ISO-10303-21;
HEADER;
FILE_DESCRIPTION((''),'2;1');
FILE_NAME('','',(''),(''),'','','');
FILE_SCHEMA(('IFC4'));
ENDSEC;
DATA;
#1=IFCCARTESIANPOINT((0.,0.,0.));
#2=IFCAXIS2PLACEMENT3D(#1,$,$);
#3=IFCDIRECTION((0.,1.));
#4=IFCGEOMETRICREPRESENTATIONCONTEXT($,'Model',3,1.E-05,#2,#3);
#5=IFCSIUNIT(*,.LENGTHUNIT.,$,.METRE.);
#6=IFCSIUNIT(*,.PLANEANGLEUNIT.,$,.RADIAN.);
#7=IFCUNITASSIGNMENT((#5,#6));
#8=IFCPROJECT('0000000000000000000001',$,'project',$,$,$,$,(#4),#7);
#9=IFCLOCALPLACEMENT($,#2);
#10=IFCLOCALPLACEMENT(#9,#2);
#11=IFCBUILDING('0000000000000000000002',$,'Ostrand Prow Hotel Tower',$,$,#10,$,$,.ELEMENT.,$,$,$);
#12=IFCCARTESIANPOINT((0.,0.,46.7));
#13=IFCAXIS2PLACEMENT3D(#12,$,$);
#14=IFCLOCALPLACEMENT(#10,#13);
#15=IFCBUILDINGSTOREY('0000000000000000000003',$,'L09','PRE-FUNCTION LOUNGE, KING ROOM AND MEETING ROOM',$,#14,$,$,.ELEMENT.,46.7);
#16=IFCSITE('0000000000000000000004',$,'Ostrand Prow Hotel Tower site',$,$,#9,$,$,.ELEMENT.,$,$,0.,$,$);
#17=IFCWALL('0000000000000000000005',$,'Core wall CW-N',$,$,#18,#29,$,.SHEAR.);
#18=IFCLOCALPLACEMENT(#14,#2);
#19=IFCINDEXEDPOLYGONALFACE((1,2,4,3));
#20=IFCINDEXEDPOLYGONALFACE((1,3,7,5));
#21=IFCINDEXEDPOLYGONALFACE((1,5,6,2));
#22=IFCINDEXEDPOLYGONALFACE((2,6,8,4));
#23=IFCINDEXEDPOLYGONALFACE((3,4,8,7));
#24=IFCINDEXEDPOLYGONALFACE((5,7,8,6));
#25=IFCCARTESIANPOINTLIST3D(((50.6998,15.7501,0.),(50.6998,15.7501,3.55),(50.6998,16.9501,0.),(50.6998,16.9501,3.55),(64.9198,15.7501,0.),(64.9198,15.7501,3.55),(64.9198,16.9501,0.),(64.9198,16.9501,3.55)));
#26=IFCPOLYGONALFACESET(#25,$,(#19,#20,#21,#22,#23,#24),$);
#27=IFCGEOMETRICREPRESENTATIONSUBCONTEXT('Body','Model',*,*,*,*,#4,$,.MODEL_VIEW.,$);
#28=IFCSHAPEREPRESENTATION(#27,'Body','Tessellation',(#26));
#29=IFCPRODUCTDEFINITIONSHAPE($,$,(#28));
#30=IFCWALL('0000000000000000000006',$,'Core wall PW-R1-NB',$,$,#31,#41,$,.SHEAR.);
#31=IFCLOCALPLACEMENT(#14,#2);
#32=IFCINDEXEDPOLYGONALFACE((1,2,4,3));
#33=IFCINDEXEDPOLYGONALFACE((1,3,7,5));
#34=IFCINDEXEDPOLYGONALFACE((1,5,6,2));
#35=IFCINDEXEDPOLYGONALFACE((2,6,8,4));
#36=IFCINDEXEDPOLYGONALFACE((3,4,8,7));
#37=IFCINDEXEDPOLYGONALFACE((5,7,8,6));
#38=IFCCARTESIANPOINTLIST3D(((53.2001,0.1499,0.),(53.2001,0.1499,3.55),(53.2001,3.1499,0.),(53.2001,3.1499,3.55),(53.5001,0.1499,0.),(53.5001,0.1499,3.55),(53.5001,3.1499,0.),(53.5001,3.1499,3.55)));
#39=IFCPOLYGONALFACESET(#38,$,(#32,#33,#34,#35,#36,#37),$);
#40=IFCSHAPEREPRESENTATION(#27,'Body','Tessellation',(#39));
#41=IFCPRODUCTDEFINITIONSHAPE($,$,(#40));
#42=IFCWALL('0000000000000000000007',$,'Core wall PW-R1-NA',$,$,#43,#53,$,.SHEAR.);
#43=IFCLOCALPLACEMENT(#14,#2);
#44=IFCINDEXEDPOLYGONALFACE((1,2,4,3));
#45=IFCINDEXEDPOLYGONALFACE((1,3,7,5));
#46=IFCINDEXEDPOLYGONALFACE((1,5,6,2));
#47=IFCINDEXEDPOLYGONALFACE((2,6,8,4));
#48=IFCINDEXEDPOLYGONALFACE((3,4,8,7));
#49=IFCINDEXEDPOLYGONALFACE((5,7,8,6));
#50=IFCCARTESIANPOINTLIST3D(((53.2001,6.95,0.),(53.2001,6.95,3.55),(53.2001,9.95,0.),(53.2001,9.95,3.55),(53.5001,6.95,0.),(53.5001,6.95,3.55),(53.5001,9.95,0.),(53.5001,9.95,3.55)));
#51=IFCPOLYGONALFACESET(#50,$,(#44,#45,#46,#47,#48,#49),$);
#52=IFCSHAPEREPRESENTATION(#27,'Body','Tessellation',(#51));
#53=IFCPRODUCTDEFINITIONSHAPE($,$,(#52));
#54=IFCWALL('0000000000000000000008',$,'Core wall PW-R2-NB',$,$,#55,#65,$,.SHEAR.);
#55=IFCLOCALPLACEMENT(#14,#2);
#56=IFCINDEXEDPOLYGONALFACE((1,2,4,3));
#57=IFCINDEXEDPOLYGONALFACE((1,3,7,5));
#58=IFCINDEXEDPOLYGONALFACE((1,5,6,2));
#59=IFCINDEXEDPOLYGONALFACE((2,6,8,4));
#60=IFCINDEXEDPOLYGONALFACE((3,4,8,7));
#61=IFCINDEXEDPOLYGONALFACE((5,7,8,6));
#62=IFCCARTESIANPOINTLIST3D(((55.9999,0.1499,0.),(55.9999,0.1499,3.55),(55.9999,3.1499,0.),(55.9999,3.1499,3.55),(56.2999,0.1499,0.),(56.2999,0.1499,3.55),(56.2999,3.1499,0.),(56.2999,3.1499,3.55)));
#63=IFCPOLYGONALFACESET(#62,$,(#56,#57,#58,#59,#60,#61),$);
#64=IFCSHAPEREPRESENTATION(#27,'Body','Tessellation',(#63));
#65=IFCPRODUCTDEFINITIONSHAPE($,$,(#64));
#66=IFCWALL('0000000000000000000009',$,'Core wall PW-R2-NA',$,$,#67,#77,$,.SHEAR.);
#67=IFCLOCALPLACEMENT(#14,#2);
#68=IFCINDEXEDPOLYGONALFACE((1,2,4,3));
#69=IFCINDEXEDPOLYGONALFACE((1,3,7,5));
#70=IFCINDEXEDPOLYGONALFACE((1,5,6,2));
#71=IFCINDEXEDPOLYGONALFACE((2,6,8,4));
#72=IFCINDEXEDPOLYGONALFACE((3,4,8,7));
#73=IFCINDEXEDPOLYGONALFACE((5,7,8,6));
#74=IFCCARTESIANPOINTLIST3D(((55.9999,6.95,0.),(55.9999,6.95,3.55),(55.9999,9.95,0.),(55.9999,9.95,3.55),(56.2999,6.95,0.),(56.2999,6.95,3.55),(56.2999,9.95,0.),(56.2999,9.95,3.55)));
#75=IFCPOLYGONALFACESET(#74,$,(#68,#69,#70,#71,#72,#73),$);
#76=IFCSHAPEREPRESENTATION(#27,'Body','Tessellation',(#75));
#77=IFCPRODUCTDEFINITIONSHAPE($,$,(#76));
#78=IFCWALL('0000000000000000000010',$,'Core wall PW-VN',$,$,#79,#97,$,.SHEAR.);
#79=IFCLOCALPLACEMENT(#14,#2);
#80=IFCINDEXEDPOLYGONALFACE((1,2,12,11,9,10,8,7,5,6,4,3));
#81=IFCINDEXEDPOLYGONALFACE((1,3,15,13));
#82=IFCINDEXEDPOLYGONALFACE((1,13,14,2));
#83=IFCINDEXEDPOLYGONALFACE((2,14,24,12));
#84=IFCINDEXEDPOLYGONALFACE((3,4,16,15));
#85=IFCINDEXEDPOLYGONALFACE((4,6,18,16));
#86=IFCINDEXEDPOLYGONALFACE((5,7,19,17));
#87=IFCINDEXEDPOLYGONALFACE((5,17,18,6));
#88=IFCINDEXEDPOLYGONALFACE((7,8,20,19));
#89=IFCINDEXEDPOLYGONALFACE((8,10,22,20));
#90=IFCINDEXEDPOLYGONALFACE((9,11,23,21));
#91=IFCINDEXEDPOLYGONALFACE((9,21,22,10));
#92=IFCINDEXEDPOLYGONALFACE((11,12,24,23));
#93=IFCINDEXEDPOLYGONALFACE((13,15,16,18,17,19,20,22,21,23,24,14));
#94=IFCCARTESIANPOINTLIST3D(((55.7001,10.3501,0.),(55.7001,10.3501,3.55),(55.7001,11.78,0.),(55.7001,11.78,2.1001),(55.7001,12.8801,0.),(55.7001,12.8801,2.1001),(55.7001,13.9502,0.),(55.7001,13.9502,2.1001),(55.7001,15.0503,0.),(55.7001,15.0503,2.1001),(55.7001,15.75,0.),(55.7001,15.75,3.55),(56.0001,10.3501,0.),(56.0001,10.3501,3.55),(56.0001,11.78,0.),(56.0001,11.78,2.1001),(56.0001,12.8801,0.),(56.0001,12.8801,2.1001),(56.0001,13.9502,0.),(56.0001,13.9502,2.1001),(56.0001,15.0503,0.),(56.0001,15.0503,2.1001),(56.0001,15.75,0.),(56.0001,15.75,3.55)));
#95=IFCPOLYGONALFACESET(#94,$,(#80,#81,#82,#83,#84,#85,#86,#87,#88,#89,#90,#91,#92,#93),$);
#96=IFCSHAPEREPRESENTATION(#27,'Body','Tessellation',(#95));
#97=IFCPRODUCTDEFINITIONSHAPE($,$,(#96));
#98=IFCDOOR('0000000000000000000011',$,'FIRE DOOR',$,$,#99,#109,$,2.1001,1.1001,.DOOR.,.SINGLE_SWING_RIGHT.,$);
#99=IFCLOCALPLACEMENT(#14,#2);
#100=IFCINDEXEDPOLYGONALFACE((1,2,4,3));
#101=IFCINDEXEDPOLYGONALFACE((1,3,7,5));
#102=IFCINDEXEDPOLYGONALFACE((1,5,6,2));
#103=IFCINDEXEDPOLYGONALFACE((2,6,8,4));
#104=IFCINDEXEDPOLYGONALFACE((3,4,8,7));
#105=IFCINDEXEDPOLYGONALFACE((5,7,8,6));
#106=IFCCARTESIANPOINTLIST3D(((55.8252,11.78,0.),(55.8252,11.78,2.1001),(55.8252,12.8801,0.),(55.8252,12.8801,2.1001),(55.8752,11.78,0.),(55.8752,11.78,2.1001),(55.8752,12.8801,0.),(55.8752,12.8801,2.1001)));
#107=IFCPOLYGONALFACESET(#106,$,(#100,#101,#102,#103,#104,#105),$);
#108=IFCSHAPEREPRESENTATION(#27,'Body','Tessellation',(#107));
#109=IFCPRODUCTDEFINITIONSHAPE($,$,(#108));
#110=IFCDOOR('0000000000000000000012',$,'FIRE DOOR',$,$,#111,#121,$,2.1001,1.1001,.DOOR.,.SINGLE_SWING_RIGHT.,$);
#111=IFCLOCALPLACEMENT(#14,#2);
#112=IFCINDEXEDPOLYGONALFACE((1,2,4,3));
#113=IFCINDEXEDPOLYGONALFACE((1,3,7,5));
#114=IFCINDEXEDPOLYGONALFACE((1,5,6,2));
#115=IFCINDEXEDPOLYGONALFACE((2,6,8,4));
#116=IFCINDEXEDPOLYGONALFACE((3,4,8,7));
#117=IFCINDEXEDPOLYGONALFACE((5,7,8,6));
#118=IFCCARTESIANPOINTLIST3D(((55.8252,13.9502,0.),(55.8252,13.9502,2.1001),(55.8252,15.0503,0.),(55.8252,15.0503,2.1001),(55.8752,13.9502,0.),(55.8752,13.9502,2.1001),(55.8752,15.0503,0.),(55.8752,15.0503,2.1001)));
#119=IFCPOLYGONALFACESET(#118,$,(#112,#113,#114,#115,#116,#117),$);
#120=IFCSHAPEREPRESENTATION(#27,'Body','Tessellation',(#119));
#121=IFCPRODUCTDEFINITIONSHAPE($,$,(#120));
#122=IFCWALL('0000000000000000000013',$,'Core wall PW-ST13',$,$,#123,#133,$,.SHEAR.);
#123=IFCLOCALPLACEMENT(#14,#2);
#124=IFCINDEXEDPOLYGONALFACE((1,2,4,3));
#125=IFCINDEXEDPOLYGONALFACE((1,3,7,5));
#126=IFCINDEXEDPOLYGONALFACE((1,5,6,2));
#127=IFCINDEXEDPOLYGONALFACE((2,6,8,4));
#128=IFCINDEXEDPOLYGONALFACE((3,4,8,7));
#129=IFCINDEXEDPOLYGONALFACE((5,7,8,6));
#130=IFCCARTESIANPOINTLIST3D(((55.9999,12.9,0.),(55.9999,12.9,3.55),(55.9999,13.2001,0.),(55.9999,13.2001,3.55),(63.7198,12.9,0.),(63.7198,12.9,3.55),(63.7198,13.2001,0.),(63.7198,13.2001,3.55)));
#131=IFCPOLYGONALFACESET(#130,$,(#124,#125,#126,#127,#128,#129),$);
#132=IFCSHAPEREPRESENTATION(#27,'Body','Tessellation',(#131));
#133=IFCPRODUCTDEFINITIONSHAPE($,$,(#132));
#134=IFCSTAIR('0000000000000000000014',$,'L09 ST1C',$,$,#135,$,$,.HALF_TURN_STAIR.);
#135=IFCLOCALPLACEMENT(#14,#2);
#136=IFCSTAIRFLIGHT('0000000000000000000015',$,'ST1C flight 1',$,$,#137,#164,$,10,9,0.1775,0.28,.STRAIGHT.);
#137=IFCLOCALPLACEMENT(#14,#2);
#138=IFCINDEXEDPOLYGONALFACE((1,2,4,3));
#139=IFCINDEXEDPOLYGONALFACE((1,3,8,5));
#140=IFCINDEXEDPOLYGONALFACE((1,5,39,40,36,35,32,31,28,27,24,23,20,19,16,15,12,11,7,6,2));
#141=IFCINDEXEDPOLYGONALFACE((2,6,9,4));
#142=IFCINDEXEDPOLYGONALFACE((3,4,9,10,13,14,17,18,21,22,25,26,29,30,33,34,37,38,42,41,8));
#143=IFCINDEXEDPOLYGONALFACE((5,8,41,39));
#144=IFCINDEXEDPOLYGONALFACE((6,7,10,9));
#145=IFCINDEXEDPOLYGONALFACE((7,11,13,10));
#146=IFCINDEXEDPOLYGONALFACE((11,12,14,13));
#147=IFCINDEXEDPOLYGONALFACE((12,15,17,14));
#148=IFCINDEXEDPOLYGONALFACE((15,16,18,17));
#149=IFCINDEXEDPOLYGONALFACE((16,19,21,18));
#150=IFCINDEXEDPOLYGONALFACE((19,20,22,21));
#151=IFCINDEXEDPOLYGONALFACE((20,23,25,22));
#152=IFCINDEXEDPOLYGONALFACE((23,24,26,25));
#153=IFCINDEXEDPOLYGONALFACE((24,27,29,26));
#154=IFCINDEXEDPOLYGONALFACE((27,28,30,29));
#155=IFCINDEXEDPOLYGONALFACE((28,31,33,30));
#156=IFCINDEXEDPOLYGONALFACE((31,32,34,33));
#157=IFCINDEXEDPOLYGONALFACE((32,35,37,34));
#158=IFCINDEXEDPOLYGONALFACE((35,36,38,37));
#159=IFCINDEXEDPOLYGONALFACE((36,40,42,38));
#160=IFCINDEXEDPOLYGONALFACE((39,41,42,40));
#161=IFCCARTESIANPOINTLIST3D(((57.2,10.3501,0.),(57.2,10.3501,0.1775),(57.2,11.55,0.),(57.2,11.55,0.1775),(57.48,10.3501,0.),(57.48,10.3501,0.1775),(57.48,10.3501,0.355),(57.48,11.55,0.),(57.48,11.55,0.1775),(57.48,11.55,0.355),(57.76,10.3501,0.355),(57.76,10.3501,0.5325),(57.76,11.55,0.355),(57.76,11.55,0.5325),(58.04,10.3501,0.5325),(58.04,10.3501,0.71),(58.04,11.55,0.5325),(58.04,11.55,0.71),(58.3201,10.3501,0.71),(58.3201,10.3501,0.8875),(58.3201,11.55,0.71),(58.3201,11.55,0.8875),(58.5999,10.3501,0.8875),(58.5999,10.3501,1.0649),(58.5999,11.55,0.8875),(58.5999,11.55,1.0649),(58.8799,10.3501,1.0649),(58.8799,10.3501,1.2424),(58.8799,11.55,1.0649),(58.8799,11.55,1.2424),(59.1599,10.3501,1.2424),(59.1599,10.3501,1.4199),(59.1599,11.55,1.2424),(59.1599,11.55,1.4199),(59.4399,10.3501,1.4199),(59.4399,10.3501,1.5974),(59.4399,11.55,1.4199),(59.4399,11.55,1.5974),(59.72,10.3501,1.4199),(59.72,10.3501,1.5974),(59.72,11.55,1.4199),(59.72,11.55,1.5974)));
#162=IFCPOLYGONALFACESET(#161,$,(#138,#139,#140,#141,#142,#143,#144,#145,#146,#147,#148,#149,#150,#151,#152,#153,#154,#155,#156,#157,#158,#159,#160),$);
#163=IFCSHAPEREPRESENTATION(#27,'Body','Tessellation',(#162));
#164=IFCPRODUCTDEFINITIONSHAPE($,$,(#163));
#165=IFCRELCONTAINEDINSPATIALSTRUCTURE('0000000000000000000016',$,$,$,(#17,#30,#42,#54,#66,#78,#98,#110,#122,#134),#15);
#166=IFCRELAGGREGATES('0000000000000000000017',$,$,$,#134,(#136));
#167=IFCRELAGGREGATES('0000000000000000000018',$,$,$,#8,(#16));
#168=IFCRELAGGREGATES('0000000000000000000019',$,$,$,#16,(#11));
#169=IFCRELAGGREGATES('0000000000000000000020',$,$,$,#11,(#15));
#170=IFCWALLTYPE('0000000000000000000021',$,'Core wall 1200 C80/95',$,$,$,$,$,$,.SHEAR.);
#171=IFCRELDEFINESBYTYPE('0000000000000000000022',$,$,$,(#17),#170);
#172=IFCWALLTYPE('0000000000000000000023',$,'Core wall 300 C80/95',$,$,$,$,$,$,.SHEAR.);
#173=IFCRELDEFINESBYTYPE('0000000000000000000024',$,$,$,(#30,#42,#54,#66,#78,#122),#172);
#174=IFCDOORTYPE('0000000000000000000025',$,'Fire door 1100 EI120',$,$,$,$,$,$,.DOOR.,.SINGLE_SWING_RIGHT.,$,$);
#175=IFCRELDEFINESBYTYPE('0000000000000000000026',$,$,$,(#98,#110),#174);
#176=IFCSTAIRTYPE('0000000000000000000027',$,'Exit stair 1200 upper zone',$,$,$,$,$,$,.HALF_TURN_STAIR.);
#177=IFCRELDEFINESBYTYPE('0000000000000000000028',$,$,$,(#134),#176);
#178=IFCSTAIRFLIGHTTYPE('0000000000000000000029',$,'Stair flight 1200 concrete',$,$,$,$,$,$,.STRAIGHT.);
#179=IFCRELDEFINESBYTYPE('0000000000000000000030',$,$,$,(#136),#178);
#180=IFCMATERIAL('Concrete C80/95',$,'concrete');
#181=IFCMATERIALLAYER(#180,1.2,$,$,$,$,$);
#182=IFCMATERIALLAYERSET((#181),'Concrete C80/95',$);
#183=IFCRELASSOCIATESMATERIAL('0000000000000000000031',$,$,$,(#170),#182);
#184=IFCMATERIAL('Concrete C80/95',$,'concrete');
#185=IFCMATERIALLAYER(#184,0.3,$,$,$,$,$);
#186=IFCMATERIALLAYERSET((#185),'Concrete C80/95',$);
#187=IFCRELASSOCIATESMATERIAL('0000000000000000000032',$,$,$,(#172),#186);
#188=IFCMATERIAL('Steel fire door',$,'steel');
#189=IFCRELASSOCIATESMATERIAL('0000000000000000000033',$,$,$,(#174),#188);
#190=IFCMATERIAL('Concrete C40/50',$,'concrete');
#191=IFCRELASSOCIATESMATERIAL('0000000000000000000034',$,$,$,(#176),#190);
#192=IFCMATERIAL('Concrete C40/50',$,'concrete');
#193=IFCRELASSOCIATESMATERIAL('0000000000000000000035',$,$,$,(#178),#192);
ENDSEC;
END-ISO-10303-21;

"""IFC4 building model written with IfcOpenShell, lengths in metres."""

from ifc_helpers import new_model, si_unit, direction, frame, frame_2d, origin, place, context, subcontext, project, spatial, polyline, rectangle, outline, extrude, material, layer, layer_set, type_object, element, fill, aggregate, save


model = new_model("IFC4")

# Units and contexts
model_context = context("Model", 3, precision=1e-05, world=origin(), true_north=direction((0.0, 1.0)))
body_context = subcontext(model_context, "Body", "Model", "MODEL_VIEW")
ifc_project = project(units=[si_unit("LENGTHUNIT", "METRE"), si_unit("PLANEANGLEUNIT", "RADIAN")], contexts=[model_context])

# Site, building, storey
site_placement = place(None, origin())
site = spatial("IfcSite", under=ifc_project, at=site_placement, Name="Ostrand Prow Hotel Tower site", CompositionType="ELEMENT", RefElevation=0.0)
building_placement = place(site_placement, origin())
building = spatial("IfcBuilding", under=site, at=building_placement, Name="Ostrand Prow Hotel Tower", CompositionType="ELEMENT")
storey_placement = place(building_placement, frame((0.0, 0.0, 46.7)))
storey = spatial("IfcBuildingStorey", under=building, at=storey_placement, Name="L09", Description="PRE-FUNCTION LOUNGE, KING ROOM AND MEETING ROOM", CompositionType="ELEMENT", Elevation=46.7)

# Walls
ifc_material_1 = material(Name="Concrete C80/95", Category="concrete")
ifc_layer_1 = layer(ifc_material_1, 1.2)
ifc_layer_set_1 = layer_set([ifc_layer_1], Name="Concrete C80/95")
wall_type_1 = type_object("IfcWallType", Name="Core wall 1200 C80/95", PredefinedType="SHEAR", material=ifc_layer_set_1)
wall_1_placement = place(storey_placement, frame((50.7, 16.3501, 0.0), z_axis=(0.0, 0.0, 1.0), x_axis=(1.0, 0.0, 0.0)))
element("IfcWall", 1, at=wall_1_placement, inside=storey, type_object=wall_type_1, Name="Core wall CW-N", PredefinedType="SHEAR", context=body_context, shape_type="SweptSolid", body=[
    extrude(rectangle(XDim=14.22, YDim=1.2, at=frame_2d((7.1099, 0.0))), origin(), (0.0, 0.0, 1.0), 3.55),
])
ifc_material_2 = material(Name="Concrete C80/95", Category="concrete")
ifc_layer_2 = layer(ifc_material_2, 0.3)
ifc_layer_set_2 = layer_set([ifc_layer_2], Name="Concrete C80/95")
wall_type_2 = type_object("IfcWallType", Name="Core wall 300 C80/95", PredefinedType="SHEAR", material=ifc_layer_set_2)
for number, where, z_axis, x_axis, name in (
    (2, (53.3501, 0.1499, 0.0), (0.0, 0.0, 1.0), (0.0, 1.0, 0.0), "Core wall PW-R1-NB"),
    (3, (53.3501, 6.95, 0.0), (0.0, 0.0, 1.0), (0.0, 1.0, 0.0), "Core wall PW-R1-NA"),
    (4, (56.1499, 0.1499, 0.0), (0.0, 0.0, 1.0), (0.0, 1.0, 0.0), "Core wall PW-R2-NB"),
    (5, (56.1499, 6.95, 0.0), (0.0, 0.0, 1.0), (0.0, 1.0, 0.0), "Core wall PW-R2-NA"),
):
    element("IfcWall", number, at=place(storey_placement, frame(where, z_axis=z_axis, x_axis=x_axis)), inside=storey, type_object=wall_type_2, Name=name, PredefinedType="SHEAR", context=body_context, shape_type="SweptSolid", body=[
        extrude(rectangle(XDim=3.0, YDim=0.3, at=frame_2d((1.5, 0.0))), origin(), (0.0, 0.0, 1.0), 3.55),
    ])

# Wall, openings, doors
wall_2_placement = place(storey_placement, frame((55.8501, 10.3501, 0.0), z_axis=(0.0, 0.0, 1.0), x_axis=(0.0, 1.0, 0.0)))
wall_2 = element("IfcWall", 6, at=wall_2_placement, inside=storey, type_object=wall_type_2, Name="Core wall PW-VN", PredefinedType="SHEAR", context=body_context, shape_type="SweptSolid", body=[
    extrude(rectangle(XDim=5.3999, YDim=0.3, at=frame_2d((2.7, 0.0))), origin(), (0.0, 0.0, 1.0), 3.55),
])
opening_1_placement = place(wall_2_placement, frame((1.4299, 0.0, 0.0)))
opening_1 = element("IfcOpeningElement", 7, at=opening_1_placement, cuts=wall_2, PredefinedType="OPENING", context=body_context, shape_type="SweptSolid", body=[
    extrude(rectangle(XDim=1.1001, YDim=2.1001, at=frame_2d((0.55, 1.05))), frame((0.0, 0.1599, 0.0), z_axis=(0.0, -1.0, 0.0), x_axis=(1.0, 0.0, 0.0)), (0.0, 0.0, 1.0), 0.3201),
])
opening_2_placement = place(wall_2_placement, frame((3.6001, 0.0, 0.0)))
opening_2 = element("IfcOpeningElement", 8, at=opening_2_placement, cuts=wall_2, PredefinedType="OPENING", context=body_context, shape_type="SweptSolid", body=[
    extrude(rectangle(XDim=1.1001, YDim=2.1001, at=frame_2d((0.55, 1.05))), frame((0.0, 0.1599, 0.0), z_axis=(0.0, -1.0, 0.0), x_axis=(1.0, 0.0, 0.0)), (0.0, 0.0, 1.0), 0.3201),
])
ifc_material_3 = material(Name="Steel fire door", Category="steel")
door_type = type_object("IfcDoorType", Name="Fire door 1100 EI120", OperationType="SINGLE_SWING_RIGHT", PredefinedType="DOOR", material=ifc_material_3)
door_1_placement = place(opening_1_placement, origin())
door_1 = element("IfcDoor", 9, at=door_1_placement, inside=storey, type_object=door_type, Name="FIRE DOOR", OperationType="SINGLE_SWING_RIGHT", OverallHeight=2.1001, OverallWidth=1.1001, PredefinedType="DOOR", context=body_context, shape_type="SweptSolid", body=[
    extrude(rectangle(XDim=1.1001, YDim=2.1001, at=frame_2d((0.55, 1.05))), frame((0.0, 0.0249, 0.0), z_axis=(0.0, -1.0, 0.0), x_axis=(1.0, 0.0, 0.0)), (0.0, 0.0, 1.0), 0.05),
])
fill(opening_1, door_1)
door_2_placement = place(opening_2_placement, origin())
door_2 = element("IfcDoor", 10, at=door_2_placement, inside=storey, type_object=door_type, Name="FIRE DOOR", OperationType="SINGLE_SWING_RIGHT", OverallHeight=2.1001, OverallWidth=1.1001, PredefinedType="DOOR", context=body_context, shape_type="SweptSolid", body=[
    extrude(rectangle(XDim=1.1001, YDim=2.1001, at=frame_2d((0.55, 1.05))), frame((0.0, 0.0249, 0.0), z_axis=(0.0, -1.0, 0.0), x_axis=(1.0, 0.0, 0.0)), (0.0, 0.0, 1.0), 0.05),
])
fill(opening_2, door_2)

# Wall
wall_3_placement = place(storey_placement, frame((56.0, 13.05, 0.0), z_axis=(0.0, 0.0, 1.0), x_axis=(1.0, 0.0, 0.0)))
element("IfcWall", 11, at=wall_3_placement, inside=storey, type_object=wall_type_2, Name="Core wall PW-ST13", PredefinedType="SHEAR", context=body_context, shape_type="SweptSolid", body=[
    extrude(rectangle(XDim=7.72, YDim=0.3, at=frame_2d((3.8599, 0.0))), origin(), (0.0, 0.0, 1.0), 3.55),
])

# Stair, stair flight
ifc_material_4 = material(Name="Concrete C40/50", Category="concrete")
stair_type = type_object("IfcStairType", Name="Exit stair 1200 upper zone", PredefinedType="HALF_TURN_STAIR", material=ifc_material_4)
stair_placement = place(storey_placement, origin())
stair = element("IfcStair", 12, at=stair_placement, inside=storey, type_object=stair_type, Name="L09 ST1C", PredefinedType="HALF_TURN_STAIR")
ifc_material_5 = material(Name="Concrete C40/50", Category="concrete")
stair_flight_type = type_object("IfcStairFlightType", Name="Stair flight 1200 concrete", PredefinedType="STRAIGHT", material=ifc_material_5)
stair_flight_placement = place(storey_placement, frame((57.2, 10.95, 0.0), z_axis=(0.0, 0.0, 1.0), x_axis=(1.0, 0.0, 0.0)))
stair_flight = element("IfcStairFlight", 13, at=stair_flight_placement, type_object=stair_flight_type, Name="ST1C flight 1", NumberOfRisers=10, NumberOfTreads=9, PredefinedType="STRAIGHT", RiserHeight=0.1775, TreadLength=0.28, context=body_context, shape_type="SweptSolid", body=[
    extrude(outline(polyline([(0.0, 0.0), (0.0, 0.1775), (0.28, 0.1775), (0.28, 0.355), (0.5601, 0.355), (0.5601, 0.5325), (0.8401, 0.5325), (0.8401, 0.71), (1.1201, 0.71), (1.1201, 0.8875), (1.3999, 0.8875), (1.3999, 1.0649), (1.6799, 1.0649), (1.6799, 1.2424), (1.96, 1.2424), (1.96, 1.4199), (2.24, 1.4199), (2.24, 1.5974), (2.52, 1.5974), (2.52, 1.7749), (2.52, 1.4199), (0.28, 0.0), (0.0, 0.0)])), frame((0.0, 0.6001, 0.0), z_axis=(0.0, -1.0, 0.0), x_axis=(1.0, 0.0, 0.0)), (0.0, 0.0, 1.0), 1.2),
])
aggregate(stair, [stair_flight])

save(model, "model.ifc")
